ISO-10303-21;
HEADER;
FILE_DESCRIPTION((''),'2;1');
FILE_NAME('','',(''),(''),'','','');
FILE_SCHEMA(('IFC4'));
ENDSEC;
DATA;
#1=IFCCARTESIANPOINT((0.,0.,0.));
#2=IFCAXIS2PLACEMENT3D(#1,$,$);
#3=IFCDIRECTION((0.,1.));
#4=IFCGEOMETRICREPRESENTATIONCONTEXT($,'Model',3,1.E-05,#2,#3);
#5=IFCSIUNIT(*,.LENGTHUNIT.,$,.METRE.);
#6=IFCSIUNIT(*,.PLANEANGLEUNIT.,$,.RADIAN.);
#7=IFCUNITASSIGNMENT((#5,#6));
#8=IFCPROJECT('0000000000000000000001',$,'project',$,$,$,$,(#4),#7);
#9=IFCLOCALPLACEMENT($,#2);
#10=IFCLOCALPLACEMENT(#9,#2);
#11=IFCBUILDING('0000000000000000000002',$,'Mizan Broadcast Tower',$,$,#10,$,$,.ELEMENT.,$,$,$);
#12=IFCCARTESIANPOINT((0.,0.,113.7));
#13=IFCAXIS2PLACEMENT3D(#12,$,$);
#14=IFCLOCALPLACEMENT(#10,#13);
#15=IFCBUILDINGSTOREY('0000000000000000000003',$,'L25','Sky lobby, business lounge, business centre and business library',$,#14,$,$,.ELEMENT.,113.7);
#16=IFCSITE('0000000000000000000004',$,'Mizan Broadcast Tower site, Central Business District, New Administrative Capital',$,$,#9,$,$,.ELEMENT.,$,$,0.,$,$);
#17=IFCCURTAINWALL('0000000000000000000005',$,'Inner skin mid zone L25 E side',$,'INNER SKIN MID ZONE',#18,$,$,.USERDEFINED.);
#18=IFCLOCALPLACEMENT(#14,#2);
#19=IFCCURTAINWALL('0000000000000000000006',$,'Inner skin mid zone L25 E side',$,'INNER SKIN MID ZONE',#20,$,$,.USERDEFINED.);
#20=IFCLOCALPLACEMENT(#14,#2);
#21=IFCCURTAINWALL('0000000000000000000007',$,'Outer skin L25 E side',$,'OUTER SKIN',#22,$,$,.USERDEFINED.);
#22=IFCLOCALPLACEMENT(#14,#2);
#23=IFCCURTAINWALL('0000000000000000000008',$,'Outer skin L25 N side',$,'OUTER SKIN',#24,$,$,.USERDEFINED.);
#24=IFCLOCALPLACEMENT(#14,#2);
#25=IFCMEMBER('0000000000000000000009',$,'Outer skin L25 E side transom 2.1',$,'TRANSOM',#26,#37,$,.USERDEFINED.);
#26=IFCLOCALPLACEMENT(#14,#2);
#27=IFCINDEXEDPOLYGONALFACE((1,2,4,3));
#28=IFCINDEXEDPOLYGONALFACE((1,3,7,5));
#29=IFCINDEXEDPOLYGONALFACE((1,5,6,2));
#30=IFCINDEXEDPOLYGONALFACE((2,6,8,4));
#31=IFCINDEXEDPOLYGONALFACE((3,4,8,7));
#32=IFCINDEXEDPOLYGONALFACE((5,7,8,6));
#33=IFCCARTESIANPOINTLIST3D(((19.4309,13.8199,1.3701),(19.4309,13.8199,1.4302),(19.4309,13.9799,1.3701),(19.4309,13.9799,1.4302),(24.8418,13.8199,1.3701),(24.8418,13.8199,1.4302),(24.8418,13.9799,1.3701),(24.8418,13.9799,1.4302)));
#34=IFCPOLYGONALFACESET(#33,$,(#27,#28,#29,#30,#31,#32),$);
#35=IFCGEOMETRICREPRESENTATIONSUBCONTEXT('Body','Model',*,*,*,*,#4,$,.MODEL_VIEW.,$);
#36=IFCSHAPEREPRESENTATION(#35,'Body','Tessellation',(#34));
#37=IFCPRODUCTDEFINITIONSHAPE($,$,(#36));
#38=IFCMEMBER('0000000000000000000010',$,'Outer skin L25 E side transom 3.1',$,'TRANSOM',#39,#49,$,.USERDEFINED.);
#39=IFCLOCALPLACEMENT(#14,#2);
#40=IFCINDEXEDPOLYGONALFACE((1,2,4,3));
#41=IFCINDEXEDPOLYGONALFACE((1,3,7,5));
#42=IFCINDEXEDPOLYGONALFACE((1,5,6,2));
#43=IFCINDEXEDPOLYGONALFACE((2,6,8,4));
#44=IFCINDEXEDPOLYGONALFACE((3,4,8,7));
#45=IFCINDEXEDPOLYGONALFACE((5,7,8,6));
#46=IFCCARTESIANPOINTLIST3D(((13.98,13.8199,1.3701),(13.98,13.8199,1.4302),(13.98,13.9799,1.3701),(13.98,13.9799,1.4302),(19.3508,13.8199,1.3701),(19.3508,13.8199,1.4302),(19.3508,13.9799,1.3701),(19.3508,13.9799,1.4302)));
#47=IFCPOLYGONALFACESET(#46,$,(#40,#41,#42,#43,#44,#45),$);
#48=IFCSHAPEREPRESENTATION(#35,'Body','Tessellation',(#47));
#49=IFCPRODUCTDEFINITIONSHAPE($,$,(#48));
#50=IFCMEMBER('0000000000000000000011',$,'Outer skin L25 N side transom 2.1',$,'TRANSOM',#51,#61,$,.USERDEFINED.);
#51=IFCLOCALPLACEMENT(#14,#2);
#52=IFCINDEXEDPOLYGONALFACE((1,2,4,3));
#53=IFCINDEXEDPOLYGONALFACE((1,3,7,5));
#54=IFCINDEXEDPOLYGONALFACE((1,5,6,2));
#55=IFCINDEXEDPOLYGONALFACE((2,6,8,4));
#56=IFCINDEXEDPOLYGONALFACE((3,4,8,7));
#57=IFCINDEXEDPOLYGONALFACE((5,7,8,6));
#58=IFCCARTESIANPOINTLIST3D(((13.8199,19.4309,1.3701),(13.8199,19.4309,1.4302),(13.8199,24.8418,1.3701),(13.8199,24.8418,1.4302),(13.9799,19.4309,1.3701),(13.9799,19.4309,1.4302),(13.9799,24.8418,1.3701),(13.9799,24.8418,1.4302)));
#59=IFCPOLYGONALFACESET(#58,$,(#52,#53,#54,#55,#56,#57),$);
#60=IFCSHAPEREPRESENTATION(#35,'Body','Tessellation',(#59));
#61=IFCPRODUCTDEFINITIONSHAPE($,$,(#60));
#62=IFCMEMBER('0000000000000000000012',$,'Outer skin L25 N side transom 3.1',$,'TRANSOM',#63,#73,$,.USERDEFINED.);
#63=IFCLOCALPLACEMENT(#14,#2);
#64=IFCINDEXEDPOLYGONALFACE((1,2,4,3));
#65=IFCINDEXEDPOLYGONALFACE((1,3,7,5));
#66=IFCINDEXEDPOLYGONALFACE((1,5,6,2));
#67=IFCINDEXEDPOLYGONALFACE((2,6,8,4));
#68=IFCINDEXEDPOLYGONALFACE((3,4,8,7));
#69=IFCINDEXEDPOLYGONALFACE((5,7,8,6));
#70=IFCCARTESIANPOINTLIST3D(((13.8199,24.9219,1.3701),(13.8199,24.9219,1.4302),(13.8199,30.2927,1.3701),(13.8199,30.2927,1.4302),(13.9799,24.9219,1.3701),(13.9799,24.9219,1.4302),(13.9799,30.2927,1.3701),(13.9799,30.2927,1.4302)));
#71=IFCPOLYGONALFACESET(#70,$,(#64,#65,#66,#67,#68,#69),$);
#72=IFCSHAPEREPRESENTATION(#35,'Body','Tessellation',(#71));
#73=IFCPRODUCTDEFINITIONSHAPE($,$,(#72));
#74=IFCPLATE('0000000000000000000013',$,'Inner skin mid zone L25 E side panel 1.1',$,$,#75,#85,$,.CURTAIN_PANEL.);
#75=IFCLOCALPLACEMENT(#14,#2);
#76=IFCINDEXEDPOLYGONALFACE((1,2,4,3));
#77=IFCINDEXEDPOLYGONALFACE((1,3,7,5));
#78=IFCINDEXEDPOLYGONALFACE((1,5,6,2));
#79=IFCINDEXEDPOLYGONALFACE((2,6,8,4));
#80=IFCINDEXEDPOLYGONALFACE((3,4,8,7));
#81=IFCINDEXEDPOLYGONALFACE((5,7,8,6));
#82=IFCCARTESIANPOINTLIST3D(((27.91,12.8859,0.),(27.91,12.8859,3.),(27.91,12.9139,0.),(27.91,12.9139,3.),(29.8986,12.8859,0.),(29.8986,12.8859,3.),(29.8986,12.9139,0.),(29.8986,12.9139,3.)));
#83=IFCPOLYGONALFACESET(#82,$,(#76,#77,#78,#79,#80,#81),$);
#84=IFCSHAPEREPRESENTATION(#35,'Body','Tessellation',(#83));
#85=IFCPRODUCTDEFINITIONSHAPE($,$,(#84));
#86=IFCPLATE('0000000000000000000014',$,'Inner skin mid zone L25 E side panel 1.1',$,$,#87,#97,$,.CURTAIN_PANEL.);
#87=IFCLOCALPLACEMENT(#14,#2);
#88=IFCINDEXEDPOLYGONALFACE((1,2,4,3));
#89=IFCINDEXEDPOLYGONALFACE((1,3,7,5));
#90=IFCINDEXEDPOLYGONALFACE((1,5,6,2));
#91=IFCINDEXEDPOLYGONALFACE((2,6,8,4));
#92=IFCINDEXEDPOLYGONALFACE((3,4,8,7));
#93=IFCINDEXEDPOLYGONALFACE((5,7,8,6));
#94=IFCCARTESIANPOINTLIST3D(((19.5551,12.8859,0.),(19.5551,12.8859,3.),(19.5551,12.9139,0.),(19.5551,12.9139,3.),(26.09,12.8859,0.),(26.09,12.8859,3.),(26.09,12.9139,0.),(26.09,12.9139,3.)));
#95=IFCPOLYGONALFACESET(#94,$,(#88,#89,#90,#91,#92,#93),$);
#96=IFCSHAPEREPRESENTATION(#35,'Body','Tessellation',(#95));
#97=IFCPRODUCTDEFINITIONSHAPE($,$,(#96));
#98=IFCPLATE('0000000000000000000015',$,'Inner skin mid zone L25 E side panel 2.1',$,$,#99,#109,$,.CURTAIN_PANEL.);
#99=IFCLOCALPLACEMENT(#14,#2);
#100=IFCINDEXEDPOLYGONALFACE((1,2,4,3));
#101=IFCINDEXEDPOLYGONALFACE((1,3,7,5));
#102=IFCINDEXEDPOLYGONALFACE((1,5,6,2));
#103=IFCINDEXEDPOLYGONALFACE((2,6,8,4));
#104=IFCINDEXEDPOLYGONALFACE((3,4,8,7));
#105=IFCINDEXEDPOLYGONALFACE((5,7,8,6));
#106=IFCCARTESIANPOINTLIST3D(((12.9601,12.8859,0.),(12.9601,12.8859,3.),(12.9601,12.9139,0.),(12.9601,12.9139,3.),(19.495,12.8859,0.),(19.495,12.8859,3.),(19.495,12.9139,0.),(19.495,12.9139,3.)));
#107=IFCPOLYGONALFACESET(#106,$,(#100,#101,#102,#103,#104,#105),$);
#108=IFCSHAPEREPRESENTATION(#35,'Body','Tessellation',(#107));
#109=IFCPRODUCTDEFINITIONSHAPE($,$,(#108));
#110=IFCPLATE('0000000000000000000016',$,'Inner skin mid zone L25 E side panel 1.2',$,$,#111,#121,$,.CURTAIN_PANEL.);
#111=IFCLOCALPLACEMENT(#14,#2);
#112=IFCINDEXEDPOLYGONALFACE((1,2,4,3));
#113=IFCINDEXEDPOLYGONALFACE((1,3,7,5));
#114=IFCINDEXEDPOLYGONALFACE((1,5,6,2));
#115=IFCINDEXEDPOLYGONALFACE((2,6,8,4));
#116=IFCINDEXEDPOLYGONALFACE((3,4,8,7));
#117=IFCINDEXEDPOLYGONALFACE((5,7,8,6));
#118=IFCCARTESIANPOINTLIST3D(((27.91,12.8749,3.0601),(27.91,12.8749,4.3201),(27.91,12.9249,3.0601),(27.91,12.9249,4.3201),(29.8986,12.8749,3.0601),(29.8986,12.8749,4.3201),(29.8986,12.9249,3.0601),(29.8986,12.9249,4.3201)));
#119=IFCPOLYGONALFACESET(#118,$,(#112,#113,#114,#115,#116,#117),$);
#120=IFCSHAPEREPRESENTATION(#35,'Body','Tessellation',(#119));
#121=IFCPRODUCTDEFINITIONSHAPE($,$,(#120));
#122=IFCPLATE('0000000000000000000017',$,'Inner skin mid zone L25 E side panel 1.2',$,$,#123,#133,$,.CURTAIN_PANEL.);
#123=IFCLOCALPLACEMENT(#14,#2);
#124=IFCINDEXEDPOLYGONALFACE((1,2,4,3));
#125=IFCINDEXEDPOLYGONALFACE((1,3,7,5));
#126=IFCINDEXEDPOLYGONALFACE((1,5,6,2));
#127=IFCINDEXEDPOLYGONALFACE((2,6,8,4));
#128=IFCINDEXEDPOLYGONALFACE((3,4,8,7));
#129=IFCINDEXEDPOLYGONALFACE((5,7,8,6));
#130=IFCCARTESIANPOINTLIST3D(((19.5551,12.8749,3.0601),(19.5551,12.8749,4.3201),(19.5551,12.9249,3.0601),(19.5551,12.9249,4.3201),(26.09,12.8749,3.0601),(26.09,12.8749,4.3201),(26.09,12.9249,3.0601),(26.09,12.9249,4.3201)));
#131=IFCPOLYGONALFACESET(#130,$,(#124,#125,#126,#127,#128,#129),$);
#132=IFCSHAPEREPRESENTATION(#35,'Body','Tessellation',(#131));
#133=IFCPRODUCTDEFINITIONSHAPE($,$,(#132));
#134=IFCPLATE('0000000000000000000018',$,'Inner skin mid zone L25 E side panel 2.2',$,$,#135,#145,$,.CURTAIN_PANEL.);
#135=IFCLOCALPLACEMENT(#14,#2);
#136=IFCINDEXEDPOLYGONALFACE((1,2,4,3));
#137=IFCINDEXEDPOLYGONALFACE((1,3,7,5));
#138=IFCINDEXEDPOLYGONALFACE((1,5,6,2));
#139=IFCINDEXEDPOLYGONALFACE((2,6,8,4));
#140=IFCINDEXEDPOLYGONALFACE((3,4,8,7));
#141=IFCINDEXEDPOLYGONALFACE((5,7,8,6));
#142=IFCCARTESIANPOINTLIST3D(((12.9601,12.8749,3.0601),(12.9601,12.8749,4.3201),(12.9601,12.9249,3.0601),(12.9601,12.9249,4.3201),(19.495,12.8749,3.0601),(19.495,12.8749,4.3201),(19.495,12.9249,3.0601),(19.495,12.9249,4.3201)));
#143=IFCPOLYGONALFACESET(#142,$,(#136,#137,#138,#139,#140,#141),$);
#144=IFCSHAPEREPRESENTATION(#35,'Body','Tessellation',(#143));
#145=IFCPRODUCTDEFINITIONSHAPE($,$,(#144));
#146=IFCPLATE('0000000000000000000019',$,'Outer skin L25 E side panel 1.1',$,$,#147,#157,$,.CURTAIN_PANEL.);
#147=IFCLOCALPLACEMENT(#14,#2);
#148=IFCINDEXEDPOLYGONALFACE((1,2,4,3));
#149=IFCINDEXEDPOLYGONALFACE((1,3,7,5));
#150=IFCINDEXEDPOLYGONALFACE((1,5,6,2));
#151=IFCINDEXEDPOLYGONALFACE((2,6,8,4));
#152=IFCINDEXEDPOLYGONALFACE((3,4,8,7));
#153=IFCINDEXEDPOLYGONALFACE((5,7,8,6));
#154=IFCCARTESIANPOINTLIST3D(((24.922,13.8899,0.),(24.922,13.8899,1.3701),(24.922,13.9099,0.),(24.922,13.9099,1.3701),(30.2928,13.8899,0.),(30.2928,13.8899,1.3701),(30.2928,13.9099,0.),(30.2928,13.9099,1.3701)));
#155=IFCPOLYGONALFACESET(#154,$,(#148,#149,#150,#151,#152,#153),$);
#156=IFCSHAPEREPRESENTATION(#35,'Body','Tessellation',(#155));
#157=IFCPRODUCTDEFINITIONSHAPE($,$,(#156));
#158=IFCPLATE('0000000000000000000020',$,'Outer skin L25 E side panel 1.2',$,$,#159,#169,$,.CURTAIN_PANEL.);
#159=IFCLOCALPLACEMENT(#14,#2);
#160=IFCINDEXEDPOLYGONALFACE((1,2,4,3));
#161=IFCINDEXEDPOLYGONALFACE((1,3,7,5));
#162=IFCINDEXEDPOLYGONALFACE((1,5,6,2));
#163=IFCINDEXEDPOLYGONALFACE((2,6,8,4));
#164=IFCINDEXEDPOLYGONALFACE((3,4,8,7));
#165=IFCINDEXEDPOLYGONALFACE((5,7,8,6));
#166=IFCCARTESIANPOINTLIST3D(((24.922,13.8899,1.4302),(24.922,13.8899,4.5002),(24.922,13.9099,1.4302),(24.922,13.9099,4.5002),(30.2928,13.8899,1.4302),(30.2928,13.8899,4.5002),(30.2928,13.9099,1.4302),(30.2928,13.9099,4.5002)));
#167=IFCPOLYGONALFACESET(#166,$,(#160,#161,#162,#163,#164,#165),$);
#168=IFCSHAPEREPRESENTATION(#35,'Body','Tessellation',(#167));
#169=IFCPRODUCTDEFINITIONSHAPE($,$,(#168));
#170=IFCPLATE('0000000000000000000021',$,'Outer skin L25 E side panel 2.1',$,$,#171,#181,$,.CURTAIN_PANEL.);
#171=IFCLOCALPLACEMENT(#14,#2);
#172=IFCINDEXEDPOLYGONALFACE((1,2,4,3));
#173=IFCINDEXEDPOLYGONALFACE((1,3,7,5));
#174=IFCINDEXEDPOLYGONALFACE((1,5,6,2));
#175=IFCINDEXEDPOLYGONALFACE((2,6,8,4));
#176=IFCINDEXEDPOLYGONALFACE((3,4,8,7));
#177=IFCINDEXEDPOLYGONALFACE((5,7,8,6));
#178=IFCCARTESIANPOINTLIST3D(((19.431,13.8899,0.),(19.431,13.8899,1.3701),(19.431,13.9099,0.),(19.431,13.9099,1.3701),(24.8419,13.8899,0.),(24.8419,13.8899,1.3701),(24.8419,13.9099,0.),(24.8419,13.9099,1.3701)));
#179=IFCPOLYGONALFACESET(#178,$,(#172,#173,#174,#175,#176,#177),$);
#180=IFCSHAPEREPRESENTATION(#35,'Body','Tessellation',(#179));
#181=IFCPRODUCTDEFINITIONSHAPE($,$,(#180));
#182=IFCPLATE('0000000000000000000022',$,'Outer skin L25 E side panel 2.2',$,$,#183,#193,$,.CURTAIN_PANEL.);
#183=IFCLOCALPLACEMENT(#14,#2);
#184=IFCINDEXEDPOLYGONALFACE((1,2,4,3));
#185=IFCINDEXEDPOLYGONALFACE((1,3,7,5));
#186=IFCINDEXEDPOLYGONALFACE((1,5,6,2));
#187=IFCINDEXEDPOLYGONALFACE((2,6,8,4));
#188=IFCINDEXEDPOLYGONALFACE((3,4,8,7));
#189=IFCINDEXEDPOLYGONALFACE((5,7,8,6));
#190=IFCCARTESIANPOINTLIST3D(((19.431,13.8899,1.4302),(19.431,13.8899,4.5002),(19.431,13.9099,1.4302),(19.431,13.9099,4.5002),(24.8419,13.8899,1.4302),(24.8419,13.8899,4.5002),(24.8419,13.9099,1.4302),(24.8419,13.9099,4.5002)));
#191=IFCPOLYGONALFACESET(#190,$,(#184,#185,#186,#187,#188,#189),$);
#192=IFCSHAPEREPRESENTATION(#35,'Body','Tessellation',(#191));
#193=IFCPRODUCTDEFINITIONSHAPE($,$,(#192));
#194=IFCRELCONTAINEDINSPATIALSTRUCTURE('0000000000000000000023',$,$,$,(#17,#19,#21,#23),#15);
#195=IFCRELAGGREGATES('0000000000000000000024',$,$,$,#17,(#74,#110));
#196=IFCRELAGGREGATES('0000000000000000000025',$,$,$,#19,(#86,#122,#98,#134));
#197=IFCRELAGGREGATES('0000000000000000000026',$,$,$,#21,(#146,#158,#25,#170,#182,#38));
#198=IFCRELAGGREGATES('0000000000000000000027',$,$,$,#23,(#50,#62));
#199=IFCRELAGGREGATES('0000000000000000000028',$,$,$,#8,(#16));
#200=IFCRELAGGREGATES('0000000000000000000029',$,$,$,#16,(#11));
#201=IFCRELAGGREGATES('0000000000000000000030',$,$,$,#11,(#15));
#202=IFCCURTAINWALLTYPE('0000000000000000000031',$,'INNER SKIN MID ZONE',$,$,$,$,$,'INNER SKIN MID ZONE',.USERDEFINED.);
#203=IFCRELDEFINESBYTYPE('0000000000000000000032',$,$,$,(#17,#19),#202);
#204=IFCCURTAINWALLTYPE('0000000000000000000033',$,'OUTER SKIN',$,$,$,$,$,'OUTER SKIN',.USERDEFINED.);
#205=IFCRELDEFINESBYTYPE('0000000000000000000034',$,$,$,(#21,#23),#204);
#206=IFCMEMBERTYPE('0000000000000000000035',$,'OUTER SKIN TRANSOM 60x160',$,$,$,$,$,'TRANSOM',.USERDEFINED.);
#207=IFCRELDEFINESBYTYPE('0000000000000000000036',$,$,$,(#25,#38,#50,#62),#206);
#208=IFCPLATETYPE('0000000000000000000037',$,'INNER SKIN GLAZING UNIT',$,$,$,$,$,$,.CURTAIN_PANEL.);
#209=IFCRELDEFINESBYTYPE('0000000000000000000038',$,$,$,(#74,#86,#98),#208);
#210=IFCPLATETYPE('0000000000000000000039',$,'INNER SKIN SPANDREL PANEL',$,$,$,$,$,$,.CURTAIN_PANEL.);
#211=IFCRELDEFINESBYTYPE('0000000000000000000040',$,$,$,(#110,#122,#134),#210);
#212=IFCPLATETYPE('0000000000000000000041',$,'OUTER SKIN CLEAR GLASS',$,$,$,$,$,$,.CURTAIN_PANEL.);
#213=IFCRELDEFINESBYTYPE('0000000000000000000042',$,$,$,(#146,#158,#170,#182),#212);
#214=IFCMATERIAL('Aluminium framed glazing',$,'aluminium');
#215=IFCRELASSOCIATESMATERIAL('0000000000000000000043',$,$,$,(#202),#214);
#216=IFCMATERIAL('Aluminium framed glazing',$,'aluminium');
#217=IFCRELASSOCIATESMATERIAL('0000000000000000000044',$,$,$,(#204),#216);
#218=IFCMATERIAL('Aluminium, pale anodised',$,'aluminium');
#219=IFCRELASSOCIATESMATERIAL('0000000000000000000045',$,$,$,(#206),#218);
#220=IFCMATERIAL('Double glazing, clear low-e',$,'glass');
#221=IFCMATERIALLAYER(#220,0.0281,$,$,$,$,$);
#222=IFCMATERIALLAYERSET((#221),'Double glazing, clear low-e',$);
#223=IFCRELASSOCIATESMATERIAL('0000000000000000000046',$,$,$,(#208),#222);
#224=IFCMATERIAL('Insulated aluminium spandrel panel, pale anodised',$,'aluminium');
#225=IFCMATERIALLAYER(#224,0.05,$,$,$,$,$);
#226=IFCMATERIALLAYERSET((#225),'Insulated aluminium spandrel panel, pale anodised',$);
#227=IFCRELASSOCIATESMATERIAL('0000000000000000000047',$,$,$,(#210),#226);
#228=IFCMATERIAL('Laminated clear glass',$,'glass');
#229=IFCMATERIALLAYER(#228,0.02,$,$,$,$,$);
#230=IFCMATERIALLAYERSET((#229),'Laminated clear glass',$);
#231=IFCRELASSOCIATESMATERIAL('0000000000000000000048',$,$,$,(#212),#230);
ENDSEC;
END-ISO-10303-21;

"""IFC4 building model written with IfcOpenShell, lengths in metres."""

from ifc_helpers import new_model, si_unit, direction, frame, origin, origin_2d, place, context, subcontext, project, spatial, rectangle, extrude, material, layer, layer_set, material_profile, profile_set, type_object, element, aggregate, save


model = new_model("IFC4")

# Units and contexts
model_context = context("Model", 3, precision=1e-05, world=origin(), true_north=direction((0.0, 1.0)))
body_context = subcontext(model_context, "Body", "Model", "MODEL_VIEW")
ifc_project = project(units=[si_unit("LENGTHUNIT", "METRE"), si_unit("PLANEANGLEUNIT", "RADIAN")], contexts=[model_context])

# Site, building, storey
site_placement = place(None, origin())
site = spatial("IfcSite", under=ifc_project, at=site_placement, Name="Mizan Broadcast Tower site, Central Business District, New Administrative Capital", CompositionType="ELEMENT", RefElevation=0.0)
building_placement = place(site_placement, origin())
building = spatial("IfcBuilding", under=site, at=building_placement, Name="Mizan Broadcast Tower", CompositionType="ELEMENT")
storey_placement = place(building_placement, frame((0.0, 0.0, 113.7)))
storey = spatial("IfcBuildingStorey", under=building, at=storey_placement, Name="L25", Description="Sky lobby, business lounge, business centre and business library", CompositionType="ELEMENT", Elevation=113.7)

# Curtain wall
ifc_material_1 = material(Name="Aluminium framed glazing", Category="aluminium")
curtain_wall_type_1 = type_object("IfcCurtainWallType", Name="INNER SKIN MID ZONE", ElementType="INNER SKIN MID ZONE", PredefinedType="USERDEFINED", material=ifc_material_1)
curtain_wall_1_placement = place(storey_placement, origin())
curtain_wall_1 = element("IfcCurtainWall", 1, at=curtain_wall_1_placement, inside=storey, type_object=curtain_wall_type_1, Name="Inner skin mid zone L25 E side", ObjectType="INNER SKIN MID ZONE", PredefinedType="USERDEFINED")

# Curtain wall
curtain_wall_2_placement = place(storey_placement, origin())
curtain_wall_2 = element("IfcCurtainWall", 2, at=curtain_wall_2_placement, inside=storey, type_object=curtain_wall_type_1, Name="Inner skin mid zone L25 E side", ObjectType="INNER SKIN MID ZONE", PredefinedType="USERDEFINED")

# Shared definitions
ifc_material_2 = material(Name="Aluminium framed glazing", Category="aluminium")
curtain_wall_type_2 = type_object("IfcCurtainWallType", Name="OUTER SKIN", ElementType="OUTER SKIN", PredefinedType="USERDEFINED", material=ifc_material_2)

# Curtain walls
curtain_wall_3_placement = place(storey_placement, origin())
curtain_wall_3 = element("IfcCurtainWall", 3, at=curtain_wall_3_placement, inside=storey, type_object=curtain_wall_type_2, Name="Outer skin L25 E side", ObjectType="OUTER SKIN", PredefinedType="USERDEFINED")
curtain_wall_4_placement = place(storey_placement, origin())
curtain_wall_4 = element("IfcCurtainWall", 4, at=curtain_wall_4_placement, inside=storey, type_object=curtain_wall_type_2, Name="Outer skin L25 N side", ObjectType="OUTER SKIN", PredefinedType="USERDEFINED")

# Members
ifc_material_3 = material(Name="Aluminium, pale anodised", Category="aluminium")
ifc_material_profile_1 = material_profile(ifc_material_3, rectangle(XDim=0.1599, YDim=0.0601, at=origin_2d()), Name="TRANSOM 160x60")
ifc_profile_set_1 = profile_set([ifc_material_profile_1], Name="Aluminium, pale anodised")
member_type_1 = type_object("IfcMemberType", Name="OUTER SKIN TRANSOM 60x160", ElementType="TRANSOM", PredefinedType="USERDEFINED", material=ifc_profile_set_1)
member_1_placement = place(storey_placement, frame((24.8418, 13.8999, 1.4001), z_axis=(-1.0, 0.0, 0.0), x_axis=(0.0, -1.0, 0.0)))
member_1 = element("IfcMember", 5, at=member_1_placement, type_object=member_type_1, Name="Outer skin L25 E side transom 2.1", ObjectType="TRANSOM", PredefinedType="USERDEFINED", context=body_context, shape_type="SweptSolid", body=[
    extrude(rectangle(XDim=0.1599, YDim=0.0601, at=origin_2d()), origin(), (0.0, 0.0, 1.0), 5.4109),
])
member_2_placement = place(storey_placement, frame((19.3508, 13.8999, 1.4001), z_axis=(-1.0, 0.0, 0.0), x_axis=(0.0, -1.0, 0.0)))
member_2 = element("IfcMember", 6, at=member_2_placement, type_object=member_type_1, Name="Outer skin L25 E side transom 3.1", ObjectType="TRANSOM", PredefinedType="USERDEFINED", context=body_context, shape_type="SweptSolid", body=[
    extrude(rectangle(XDim=0.1599, YDim=0.0601, at=origin_2d()), origin(), (0.0, 0.0, 1.0), 5.3708),
])
member_3_placement = place(storey_placement, frame((13.8999, 19.4309, 1.4001), z_axis=(0.0, 1.0, 0.0), x_axis=(-1.0, 0.0, 0.0)))
member_3 = element("IfcMember", 7, at=member_3_placement, type_object=member_type_1, Name="Outer skin L25 N side transom 2.1", ObjectType="TRANSOM", PredefinedType="USERDEFINED", context=body_context, shape_type="SweptSolid", body=[
    extrude(rectangle(XDim=0.1599, YDim=0.0601, at=origin_2d()), origin(), (0.0, 0.0, 1.0), 5.4109),
])
member_4_placement = place(storey_placement, frame((13.8999, 24.9219, 1.4001), z_axis=(0.0, 1.0, 0.0), x_axis=(-1.0, 0.0, 0.0)))
member_4 = element("IfcMember", 8, at=member_4_placement, type_object=member_type_1, Name="Outer skin L25 N side transom 3.1", ObjectType="TRANSOM", PredefinedType="USERDEFINED", context=body_context, shape_type="SweptSolid", body=[
    extrude(rectangle(XDim=0.1599, YDim=0.0601, at=origin_2d()), origin(), (0.0, 0.0, 1.0), 5.3708),
])

# Plates
ifc_material_4 = material(Name="Double glazing, clear low-e", Category="glass")
ifc_layer_1 = layer(ifc_material_4, 0.0281)
ifc_layer_set_1 = layer_set([ifc_layer_1], Name="Double glazing, clear low-e")
plate_type_1 = type_object("IfcPlateType", Name="INNER SKIN GLAZING UNIT", PredefinedType="CURTAIN_PANEL", material=ifc_layer_set_1)
plate_1_placement = place(storey_placement, frame((28.9043, 12.8999, 0.0), z_axis=(0.0, 0.0, 1.0), x_axis=(-1.0, 0.0, 0.0)))
plate_1 = element("IfcPlate", 9, at=plate_1_placement, type_object=plate_type_1, Name="Inner skin mid zone L25 E side panel 1.1", PredefinedType="CURTAIN_PANEL", context=body_context, shape_type="SweptSolid", body=[
    extrude(rectangle(XDim=1.9885, YDim=0.0281, at=origin_2d()), origin(), (0.0, 0.0, 1.0), 3.0),
])
plate_2_placement = place(storey_placement, frame((22.8225, 12.8999, 0.0), z_axis=(0.0, 0.0, 1.0), x_axis=(-1.0, 0.0, 0.0)))
plate_2 = element("IfcPlate", 10, at=plate_2_placement, type_object=plate_type_1, Name="Inner skin mid zone L25 E side panel 1.1", PredefinedType="CURTAIN_PANEL", context=body_context, shape_type="SweptSolid", body=[
    extrude(rectangle(XDim=6.5349, YDim=0.0281, at=origin_2d()), origin(), (0.0, 0.0, 1.0), 3.0),
])
plate_3_placement = place(storey_placement, frame((16.2275, 12.8999, 0.0), z_axis=(0.0, 0.0, 1.0), x_axis=(-1.0, 0.0, 0.0)))
plate_3 = element("IfcPlate", 11, at=plate_3_placement, type_object=plate_type_1, Name="Inner skin mid zone L25 E side panel 2.1", PredefinedType="CURTAIN_PANEL", context=body_context, shape_type="SweptSolid", body=[
    extrude(rectangle(XDim=6.5349, YDim=0.0281, at=origin_2d()), origin(), (0.0, 0.0, 1.0), 3.0),
])
ifc_material_5 = material(Name="Insulated aluminium spandrel panel, pale anodised", Category="aluminium")
ifc_layer_2 = layer(ifc_material_5, 0.05)
ifc_layer_set_2 = layer_set([ifc_layer_2], Name="Insulated aluminium spandrel panel, pale anodised")
plate_type_2 = type_object("IfcPlateType", Name="INNER SKIN SPANDREL PANEL", PredefinedType="CURTAIN_PANEL", material=ifc_layer_set_2)
plate_4_placement = place(storey_placement, frame((28.9043, 12.8999, 3.0601), z_axis=(0.0, 0.0, 1.0), x_axis=(-1.0, 0.0, 0.0)))
plate_4 = element("IfcPlate", 12, at=plate_4_placement, type_object=plate_type_2, Name="Inner skin mid zone L25 E side panel 1.2", PredefinedType="CURTAIN_PANEL", context=body_context, shape_type="SweptSolid", body=[
    extrude(rectangle(XDim=1.9885, YDim=0.05, at=origin_2d()), origin(), (0.0, 0.0, 1.0), 1.26),
])
aggregate(curtain_wall_1, [plate_1, plate_4])
plate_5_placement = place(storey_placement, frame((22.8225, 12.8999, 3.0601), z_axis=(0.0, 0.0, 1.0), x_axis=(-1.0, 0.0, 0.0)))
plate_5 = element("IfcPlate", 13, at=plate_5_placement, type_object=plate_type_2, Name="Inner skin mid zone L25 E side panel 1.2", PredefinedType="CURTAIN_PANEL", context=body_context, shape_type="SweptSolid", body=[
    extrude(rectangle(XDim=6.5349, YDim=0.05, at=origin_2d()), origin(), (0.0, 0.0, 1.0), 1.26),
])
plate_6_placement = place(storey_placement, frame((16.2275, 12.8999, 3.0601), z_axis=(0.0, 0.0, 1.0), x_axis=(-1.0, 0.0, 0.0)))
plate_6 = element("IfcPlate", 14, at=plate_6_placement, type_object=plate_type_2, Name="Inner skin mid zone L25 E side panel 2.2", PredefinedType="CURTAIN_PANEL", context=body_context, shape_type="SweptSolid", body=[
    extrude(rectangle(XDim=6.5349, YDim=0.05, at=origin_2d()), origin(), (0.0, 0.0, 1.0), 1.26),
])
aggregate(curtain_wall_2, [plate_2, plate_5, plate_3, plate_6])
ifc_material_6 = material(Name="Laminated clear glass", Category="glass")
ifc_layer_3 = layer(ifc_material_6, 0.02)
ifc_layer_set_3 = layer_set([ifc_layer_3], Name="Laminated clear glass")
plate_type_3 = type_object("IfcPlateType", Name="OUTER SKIN CLEAR GLASS", PredefinedType="CURTAIN_PANEL", material=ifc_layer_set_3)
plate_7_placement = place(storey_placement, frame((27.6074, 13.8999, 0.0), z_axis=(0.0, 0.0, 1.0), x_axis=(-1.0, 0.0, 0.0)))
plate_7 = element("IfcPlate", 15, at=plate_7_placement, type_object=plate_type_3, Name="Outer skin L25 E side panel 1.1", PredefinedType="CURTAIN_PANEL", context=body_context, shape_type="SweptSolid", body=[
    extrude(rectangle(XDim=5.3708, YDim=0.02, at=origin_2d()), origin(), (0.0, 0.0, 1.0), 1.3701),
])
plate_8_placement = place(storey_placement, frame((27.6074, 13.8999, 1.4302), z_axis=(0.0, 0.0, 1.0), x_axis=(-1.0, 0.0, 0.0)))
plate_8 = element("IfcPlate", 16, at=plate_8_placement, type_object=plate_type_3, Name="Outer skin L25 E side panel 1.2", PredefinedType="CURTAIN_PANEL", context=body_context, shape_type="SweptSolid", body=[
    extrude(rectangle(XDim=5.3708, YDim=0.02, at=origin_2d()), origin(), (0.0, 0.0, 1.0), 3.0701),
])
plate_9_placement = place(storey_placement, frame((22.1365, 13.8999, 0.0), z_axis=(0.0, 0.0, 1.0), x_axis=(-1.0, 0.0, 0.0)))
plate_9 = element("IfcPlate", 17, at=plate_9_placement, type_object=plate_type_3, Name="Outer skin L25 E side panel 2.1", PredefinedType="CURTAIN_PANEL", context=body_context, shape_type="SweptSolid", body=[
    extrude(rectangle(XDim=5.4109, YDim=0.02, at=origin_2d()), origin(), (0.0, 0.0, 1.0), 1.3701),
])
plate_10_placement = place(storey_placement, frame((22.1365, 13.8999, 1.4302), z_axis=(0.0, 0.0, 1.0), x_axis=(-1.0, 0.0, 0.0)))
plate_10 = element("IfcPlate", 18, at=plate_10_placement, type_object=plate_type_3, Name="Outer skin L25 E side panel 2.2", PredefinedType="CURTAIN_PANEL", context=body_context, shape_type="SweptSolid", body=[
    extrude(rectangle(XDim=5.4109, YDim=0.02, at=origin_2d()), origin(), (0.0, 0.0, 1.0), 3.0701),
])
aggregate(curtain_wall_3, [plate_7, plate_8, member_1, plate_9, plate_10, member_2])
aggregate(curtain_wall_4, [member_3, member_4])

save(model, "model.ifc")
